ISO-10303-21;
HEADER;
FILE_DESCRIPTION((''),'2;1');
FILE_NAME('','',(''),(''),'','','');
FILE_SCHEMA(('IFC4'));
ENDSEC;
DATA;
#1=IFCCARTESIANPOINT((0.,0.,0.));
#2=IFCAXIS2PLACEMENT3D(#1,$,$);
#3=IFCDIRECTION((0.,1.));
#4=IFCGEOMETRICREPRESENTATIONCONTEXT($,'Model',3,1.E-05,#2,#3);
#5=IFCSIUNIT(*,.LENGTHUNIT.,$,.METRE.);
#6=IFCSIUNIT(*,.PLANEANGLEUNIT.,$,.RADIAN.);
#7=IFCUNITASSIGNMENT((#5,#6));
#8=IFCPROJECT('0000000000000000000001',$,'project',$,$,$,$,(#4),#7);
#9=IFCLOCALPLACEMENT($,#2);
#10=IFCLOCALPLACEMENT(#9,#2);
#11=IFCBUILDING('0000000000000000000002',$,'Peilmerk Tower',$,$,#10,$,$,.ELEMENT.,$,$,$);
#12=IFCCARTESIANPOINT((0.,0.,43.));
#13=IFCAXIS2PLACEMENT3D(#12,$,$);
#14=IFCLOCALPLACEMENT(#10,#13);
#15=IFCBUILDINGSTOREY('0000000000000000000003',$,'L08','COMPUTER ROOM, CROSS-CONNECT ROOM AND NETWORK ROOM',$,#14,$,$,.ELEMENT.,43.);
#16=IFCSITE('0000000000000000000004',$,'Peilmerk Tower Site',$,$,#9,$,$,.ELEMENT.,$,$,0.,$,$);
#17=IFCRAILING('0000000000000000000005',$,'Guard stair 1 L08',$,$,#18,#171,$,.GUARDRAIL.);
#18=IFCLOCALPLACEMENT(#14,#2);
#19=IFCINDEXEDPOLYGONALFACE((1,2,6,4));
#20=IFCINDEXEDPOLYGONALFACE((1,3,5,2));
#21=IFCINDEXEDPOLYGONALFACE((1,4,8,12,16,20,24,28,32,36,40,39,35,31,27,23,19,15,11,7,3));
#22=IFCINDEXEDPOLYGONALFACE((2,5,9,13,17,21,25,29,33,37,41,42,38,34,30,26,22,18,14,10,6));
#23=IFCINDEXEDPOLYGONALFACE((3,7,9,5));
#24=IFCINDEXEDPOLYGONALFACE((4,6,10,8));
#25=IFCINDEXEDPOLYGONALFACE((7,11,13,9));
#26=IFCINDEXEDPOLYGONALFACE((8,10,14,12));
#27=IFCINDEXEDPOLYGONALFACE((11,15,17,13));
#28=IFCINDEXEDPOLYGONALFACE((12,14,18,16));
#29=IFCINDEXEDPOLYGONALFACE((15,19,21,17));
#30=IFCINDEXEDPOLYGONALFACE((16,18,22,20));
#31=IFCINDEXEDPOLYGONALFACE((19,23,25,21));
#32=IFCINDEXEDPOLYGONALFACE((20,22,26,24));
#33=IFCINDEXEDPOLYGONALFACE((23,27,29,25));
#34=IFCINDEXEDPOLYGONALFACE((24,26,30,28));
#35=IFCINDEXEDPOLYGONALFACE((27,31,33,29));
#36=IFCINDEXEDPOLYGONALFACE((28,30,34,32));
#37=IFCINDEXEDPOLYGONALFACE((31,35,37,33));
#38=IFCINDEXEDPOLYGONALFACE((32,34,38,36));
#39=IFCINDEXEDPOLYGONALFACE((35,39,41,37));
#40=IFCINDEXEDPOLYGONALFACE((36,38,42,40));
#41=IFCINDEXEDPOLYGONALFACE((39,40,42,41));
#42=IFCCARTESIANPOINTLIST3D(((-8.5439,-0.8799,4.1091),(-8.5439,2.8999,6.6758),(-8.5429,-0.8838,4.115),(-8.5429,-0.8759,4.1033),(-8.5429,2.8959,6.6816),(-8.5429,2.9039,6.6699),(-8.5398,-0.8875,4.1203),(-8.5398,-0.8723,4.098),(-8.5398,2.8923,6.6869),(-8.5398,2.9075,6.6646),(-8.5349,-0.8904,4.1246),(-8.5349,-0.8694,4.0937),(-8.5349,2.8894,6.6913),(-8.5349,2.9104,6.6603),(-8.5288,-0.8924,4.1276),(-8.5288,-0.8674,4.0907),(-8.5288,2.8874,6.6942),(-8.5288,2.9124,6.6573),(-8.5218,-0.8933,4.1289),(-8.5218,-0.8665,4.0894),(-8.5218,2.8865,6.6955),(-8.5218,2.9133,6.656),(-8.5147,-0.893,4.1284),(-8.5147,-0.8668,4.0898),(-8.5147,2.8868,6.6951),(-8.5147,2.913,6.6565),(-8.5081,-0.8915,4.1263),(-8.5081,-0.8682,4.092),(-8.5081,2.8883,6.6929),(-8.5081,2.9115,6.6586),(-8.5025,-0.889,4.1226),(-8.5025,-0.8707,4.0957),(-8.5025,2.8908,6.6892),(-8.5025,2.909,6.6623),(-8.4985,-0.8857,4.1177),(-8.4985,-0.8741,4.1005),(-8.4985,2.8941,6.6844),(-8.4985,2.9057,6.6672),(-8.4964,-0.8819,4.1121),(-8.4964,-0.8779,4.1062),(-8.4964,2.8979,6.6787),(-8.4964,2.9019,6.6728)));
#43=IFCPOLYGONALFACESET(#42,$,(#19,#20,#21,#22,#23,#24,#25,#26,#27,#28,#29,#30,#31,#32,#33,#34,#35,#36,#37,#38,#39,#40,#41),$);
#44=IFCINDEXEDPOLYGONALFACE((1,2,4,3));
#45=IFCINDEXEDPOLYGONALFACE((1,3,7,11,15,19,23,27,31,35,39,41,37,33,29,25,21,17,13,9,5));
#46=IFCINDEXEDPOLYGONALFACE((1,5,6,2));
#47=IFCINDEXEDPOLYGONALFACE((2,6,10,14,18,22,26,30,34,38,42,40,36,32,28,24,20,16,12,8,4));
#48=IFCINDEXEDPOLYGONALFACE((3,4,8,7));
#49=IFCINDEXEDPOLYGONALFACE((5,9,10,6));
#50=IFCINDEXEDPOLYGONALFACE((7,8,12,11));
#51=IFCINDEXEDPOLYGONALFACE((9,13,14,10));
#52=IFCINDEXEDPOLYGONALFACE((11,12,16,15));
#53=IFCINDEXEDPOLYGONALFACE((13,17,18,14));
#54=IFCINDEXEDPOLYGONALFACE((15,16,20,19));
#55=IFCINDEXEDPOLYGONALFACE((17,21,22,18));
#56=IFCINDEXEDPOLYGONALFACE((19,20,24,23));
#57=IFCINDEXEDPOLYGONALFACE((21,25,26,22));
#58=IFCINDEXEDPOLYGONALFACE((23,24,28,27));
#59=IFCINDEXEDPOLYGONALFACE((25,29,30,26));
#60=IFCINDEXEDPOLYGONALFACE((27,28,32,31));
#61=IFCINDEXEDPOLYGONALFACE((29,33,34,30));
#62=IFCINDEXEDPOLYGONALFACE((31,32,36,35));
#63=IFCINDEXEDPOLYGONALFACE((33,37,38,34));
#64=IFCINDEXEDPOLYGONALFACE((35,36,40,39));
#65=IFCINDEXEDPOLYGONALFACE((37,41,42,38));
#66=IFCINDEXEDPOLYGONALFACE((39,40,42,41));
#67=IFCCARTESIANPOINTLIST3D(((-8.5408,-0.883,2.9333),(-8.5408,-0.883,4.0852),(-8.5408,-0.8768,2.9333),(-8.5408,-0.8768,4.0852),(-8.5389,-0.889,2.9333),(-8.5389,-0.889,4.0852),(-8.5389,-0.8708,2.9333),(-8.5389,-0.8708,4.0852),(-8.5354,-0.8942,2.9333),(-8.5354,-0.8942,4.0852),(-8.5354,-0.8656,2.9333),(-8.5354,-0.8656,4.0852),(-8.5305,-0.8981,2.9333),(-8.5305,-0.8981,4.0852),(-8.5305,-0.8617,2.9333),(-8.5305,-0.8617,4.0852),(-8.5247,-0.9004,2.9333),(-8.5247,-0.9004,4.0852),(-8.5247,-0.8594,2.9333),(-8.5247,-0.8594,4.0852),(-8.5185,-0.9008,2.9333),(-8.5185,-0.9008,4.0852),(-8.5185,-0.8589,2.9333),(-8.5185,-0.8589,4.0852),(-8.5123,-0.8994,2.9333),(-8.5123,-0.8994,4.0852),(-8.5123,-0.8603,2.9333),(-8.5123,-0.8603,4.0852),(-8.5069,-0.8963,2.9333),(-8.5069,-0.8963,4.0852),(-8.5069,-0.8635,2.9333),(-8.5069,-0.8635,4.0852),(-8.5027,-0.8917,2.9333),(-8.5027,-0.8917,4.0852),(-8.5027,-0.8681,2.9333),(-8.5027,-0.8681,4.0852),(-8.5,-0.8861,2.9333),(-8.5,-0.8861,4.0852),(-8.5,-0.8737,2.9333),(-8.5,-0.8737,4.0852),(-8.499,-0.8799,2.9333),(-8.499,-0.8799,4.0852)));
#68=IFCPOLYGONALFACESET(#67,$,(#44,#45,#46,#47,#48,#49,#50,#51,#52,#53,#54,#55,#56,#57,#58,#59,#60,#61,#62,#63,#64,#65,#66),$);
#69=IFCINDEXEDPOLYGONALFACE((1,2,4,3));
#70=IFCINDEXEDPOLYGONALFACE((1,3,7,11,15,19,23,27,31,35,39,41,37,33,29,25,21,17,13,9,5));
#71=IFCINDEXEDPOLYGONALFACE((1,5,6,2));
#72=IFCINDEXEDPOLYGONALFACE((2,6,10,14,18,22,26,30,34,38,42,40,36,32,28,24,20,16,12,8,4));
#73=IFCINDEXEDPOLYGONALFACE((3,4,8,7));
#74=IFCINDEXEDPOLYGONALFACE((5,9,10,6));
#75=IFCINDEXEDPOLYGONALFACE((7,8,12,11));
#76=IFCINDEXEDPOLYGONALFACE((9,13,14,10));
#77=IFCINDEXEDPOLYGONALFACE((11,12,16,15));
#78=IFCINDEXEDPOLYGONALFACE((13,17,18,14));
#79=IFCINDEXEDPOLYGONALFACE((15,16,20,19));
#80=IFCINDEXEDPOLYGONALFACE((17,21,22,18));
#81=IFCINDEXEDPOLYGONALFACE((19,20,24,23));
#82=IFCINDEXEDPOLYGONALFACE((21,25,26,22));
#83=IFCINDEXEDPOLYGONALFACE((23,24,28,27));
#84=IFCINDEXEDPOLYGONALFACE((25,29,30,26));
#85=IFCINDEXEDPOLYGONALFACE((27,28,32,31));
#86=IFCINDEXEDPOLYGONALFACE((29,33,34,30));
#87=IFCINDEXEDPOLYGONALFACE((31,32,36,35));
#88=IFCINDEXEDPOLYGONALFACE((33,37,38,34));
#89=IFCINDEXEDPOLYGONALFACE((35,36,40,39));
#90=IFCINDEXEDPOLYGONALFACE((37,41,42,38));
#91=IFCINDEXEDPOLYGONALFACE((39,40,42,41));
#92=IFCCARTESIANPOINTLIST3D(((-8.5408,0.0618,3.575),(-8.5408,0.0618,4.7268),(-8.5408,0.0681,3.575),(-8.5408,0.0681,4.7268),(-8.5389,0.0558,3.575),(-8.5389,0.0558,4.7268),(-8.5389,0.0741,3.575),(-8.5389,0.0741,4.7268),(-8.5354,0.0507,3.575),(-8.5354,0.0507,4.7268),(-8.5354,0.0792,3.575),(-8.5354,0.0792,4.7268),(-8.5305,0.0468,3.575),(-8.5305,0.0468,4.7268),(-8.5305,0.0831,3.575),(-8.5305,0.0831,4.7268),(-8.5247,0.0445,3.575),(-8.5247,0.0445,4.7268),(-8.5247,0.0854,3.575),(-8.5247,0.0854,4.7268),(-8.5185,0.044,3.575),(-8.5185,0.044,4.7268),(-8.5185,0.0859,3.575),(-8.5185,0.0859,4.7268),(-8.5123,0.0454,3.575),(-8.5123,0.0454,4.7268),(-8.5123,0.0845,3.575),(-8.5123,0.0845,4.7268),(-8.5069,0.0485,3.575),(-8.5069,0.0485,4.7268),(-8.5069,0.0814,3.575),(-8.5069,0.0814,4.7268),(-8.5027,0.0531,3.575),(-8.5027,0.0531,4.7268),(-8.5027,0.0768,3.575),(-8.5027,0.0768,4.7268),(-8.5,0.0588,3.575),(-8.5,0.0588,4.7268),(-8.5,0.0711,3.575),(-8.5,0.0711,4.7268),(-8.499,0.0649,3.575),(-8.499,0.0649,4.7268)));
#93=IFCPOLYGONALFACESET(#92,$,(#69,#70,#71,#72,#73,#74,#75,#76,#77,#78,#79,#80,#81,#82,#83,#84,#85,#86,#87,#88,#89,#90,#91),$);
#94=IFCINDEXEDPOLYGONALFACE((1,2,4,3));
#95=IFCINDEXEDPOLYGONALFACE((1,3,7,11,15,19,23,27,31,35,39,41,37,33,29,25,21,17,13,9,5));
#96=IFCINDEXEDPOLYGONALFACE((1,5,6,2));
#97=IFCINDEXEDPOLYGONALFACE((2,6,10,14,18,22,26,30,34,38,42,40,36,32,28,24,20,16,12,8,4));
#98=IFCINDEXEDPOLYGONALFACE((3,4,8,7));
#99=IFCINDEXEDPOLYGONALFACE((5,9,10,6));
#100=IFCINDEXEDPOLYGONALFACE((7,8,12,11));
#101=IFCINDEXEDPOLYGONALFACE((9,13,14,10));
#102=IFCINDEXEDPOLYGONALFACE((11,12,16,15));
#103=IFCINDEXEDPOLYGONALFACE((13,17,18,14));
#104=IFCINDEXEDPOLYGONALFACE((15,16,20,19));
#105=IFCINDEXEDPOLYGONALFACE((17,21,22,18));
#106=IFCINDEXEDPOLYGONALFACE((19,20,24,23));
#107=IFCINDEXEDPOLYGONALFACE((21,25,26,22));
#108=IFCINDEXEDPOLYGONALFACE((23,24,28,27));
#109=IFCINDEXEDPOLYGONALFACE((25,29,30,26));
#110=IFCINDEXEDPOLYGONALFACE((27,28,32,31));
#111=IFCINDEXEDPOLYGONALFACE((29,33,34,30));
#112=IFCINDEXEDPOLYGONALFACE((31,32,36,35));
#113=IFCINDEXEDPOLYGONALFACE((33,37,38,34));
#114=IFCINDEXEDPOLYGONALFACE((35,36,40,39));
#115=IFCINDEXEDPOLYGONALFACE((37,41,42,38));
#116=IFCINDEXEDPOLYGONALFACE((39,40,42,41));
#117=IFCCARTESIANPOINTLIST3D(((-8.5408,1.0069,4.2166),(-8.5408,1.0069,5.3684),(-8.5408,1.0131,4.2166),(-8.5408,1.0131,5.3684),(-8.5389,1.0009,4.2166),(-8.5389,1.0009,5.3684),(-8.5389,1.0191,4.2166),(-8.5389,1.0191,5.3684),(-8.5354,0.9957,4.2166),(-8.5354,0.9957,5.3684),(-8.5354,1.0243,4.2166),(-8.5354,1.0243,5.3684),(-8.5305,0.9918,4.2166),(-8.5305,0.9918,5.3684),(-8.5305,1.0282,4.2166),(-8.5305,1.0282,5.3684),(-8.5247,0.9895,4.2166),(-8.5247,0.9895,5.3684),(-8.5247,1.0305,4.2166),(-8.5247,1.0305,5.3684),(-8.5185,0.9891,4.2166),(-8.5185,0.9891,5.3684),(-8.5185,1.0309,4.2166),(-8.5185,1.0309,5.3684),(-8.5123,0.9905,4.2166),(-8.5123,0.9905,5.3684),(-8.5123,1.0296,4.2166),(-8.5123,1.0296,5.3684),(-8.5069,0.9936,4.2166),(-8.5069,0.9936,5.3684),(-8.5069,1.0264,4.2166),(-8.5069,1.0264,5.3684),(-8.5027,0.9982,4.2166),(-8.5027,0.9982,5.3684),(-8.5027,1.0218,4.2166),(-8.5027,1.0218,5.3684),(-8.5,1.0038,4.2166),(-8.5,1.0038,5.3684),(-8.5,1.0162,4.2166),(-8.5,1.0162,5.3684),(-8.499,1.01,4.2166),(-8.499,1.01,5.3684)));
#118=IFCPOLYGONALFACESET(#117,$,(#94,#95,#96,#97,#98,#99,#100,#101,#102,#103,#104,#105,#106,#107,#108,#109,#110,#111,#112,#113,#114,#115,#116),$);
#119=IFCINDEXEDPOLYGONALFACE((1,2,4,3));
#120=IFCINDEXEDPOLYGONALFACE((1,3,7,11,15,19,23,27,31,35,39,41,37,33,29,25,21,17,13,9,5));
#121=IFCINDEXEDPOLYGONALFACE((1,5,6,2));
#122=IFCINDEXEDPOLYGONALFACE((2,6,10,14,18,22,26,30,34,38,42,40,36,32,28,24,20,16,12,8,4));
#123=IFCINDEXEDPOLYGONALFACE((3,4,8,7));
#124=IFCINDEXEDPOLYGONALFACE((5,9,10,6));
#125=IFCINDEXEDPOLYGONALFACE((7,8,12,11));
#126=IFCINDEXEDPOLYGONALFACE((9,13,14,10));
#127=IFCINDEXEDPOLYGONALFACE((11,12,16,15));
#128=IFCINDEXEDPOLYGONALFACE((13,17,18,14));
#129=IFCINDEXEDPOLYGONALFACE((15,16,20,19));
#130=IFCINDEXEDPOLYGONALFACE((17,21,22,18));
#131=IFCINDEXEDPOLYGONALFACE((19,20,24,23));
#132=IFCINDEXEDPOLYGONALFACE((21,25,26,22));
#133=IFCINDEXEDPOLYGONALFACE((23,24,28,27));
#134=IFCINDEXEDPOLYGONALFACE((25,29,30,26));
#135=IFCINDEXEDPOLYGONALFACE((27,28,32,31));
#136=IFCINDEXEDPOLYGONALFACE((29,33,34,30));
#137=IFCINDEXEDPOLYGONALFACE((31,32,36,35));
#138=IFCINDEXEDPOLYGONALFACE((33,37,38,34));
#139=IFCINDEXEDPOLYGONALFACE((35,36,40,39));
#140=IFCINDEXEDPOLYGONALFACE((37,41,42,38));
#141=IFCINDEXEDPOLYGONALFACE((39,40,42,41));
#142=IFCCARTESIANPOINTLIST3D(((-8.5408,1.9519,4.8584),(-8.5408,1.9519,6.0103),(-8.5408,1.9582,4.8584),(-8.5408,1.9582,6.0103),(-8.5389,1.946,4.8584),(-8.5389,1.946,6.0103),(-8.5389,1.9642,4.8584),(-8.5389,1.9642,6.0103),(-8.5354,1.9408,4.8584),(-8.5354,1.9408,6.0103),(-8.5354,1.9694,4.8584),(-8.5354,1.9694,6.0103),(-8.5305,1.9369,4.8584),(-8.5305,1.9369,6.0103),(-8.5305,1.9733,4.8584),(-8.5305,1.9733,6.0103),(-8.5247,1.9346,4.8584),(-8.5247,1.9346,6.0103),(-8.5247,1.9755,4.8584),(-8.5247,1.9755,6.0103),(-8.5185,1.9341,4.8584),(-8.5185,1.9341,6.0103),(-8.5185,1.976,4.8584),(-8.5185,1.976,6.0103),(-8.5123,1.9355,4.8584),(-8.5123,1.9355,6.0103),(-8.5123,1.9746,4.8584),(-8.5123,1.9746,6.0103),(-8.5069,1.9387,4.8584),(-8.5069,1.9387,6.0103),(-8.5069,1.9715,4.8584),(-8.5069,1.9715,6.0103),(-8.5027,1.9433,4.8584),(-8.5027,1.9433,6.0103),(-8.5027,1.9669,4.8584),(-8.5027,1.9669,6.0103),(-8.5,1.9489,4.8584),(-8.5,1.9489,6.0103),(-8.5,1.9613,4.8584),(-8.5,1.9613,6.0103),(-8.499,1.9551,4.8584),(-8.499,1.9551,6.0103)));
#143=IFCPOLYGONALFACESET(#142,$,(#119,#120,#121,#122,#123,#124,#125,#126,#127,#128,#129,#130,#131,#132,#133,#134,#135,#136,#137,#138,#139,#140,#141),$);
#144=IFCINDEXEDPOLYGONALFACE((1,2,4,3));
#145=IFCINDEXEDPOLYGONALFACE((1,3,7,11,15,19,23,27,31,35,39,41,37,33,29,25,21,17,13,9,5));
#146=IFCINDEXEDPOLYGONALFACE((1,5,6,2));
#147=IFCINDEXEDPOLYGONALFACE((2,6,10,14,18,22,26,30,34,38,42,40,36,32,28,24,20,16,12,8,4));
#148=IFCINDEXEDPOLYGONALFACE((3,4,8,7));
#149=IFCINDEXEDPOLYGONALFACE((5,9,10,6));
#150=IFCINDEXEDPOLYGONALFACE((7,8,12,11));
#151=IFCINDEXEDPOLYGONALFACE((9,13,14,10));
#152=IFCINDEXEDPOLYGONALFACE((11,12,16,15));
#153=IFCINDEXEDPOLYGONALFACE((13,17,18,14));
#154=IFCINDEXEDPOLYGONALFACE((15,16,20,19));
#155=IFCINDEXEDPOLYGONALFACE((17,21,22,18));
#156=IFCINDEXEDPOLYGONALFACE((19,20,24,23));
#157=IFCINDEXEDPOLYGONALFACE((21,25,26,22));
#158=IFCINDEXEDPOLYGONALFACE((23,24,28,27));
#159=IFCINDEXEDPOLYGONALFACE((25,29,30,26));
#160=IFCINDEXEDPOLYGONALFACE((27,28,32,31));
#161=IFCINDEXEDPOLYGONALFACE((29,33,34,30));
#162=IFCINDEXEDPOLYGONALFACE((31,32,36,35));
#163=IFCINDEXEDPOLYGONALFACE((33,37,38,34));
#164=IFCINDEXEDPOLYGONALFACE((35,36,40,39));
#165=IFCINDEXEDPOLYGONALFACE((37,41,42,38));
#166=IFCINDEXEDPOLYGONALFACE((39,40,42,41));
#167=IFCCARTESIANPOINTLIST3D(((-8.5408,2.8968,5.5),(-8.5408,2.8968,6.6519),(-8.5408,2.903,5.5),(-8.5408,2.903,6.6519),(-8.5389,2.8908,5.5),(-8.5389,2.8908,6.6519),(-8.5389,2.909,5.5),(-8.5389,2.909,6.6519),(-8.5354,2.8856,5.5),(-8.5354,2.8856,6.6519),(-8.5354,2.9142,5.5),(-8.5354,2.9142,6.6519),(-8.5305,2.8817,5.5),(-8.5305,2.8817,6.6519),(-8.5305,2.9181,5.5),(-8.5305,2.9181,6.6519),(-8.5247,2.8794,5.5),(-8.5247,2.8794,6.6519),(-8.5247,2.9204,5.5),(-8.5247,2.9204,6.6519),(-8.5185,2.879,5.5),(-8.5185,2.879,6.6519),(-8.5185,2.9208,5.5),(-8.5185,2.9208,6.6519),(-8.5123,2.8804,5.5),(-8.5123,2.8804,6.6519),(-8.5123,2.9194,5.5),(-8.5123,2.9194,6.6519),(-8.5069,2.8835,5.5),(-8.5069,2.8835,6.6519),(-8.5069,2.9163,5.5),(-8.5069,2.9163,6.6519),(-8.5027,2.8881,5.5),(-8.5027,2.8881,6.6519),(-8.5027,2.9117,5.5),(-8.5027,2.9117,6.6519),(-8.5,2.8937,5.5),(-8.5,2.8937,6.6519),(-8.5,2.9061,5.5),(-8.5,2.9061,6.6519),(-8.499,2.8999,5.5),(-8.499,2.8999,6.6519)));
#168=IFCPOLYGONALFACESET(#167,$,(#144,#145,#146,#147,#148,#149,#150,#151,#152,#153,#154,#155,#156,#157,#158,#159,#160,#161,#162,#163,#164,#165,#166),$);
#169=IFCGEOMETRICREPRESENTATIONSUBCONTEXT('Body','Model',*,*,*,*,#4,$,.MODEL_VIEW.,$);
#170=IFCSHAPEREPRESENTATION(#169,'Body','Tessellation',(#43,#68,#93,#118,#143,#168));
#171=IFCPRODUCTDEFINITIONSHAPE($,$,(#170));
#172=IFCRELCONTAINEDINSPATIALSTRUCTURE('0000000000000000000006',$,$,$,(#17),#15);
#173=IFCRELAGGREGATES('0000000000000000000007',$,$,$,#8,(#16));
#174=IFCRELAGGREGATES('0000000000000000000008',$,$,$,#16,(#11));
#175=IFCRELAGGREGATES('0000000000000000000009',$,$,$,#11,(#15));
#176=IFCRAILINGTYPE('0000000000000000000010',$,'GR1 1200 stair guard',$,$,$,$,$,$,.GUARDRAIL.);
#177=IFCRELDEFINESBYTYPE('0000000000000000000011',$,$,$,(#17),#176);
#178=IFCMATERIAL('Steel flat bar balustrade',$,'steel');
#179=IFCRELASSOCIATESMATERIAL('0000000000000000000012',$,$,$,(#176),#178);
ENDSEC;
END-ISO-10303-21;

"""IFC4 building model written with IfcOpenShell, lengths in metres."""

from ifc_helpers import new_model, si_unit, direction, frame, origin, origin_2d, place, context, subcontext, project, spatial, circle, extrude, material, type_object, element, save


model = new_model("IFC4")

# Units and contexts
model_context = context("Model", 3, precision=1e-05, world=origin(), true_north=direction((0.0, 1.0)))
body_context = subcontext(model_context, "Body", "Model", "MODEL_VIEW")
ifc_project = project(units=[si_unit("LENGTHUNIT", "METRE"), si_unit("PLANEANGLEUNIT", "RADIAN")], contexts=[model_context])

# Site, building, storey
site_placement = place(None, origin())
site = spatial("IfcSite", under=ifc_project, at=site_placement, Name="Peilmerk Tower Site", CompositionType="ELEMENT", RefElevation=0.0)
building_placement = place(site_placement, origin())
building = spatial("IfcBuilding", under=site, at=building_placement, Name="Peilmerk Tower", CompositionType="ELEMENT")
storey_placement = place(building_placement, frame((0.0, 0.0, 43.0)))
storey = spatial("IfcBuildingStorey", under=building, at=storey_placement, Name="L08", Description="COMPUTER ROOM, CROSS-CONNECT ROOM AND NETWORK ROOM", CompositionType="ELEMENT", Elevation=43.0)

# Railing
ifc_material_1 = material(Name="Steel flat bar balustrade", Category="steel")
railing_type_1 = type_object("IfcRailingType", Name="GR1 1200 stair guard", PredefinedType="GUARDRAIL", material=ifc_material_1)
railing_1_placement = place(storey_placement, frame((-8.52, -0.8799, 2.9333)))
element("IfcRailing", 1, at=railing_1_placement, inside=storey, type_object=railing_type_1, Name="Guard stair 1 L08", PredefinedType="GUARDRAIL", context=body_context, shape_type="SweptSolid", body=[
    extrude(circle(Radius=0.0239, at=origin_2d()), frame((0.0, 0.0, 1.1758), z_axis=(0.0, 0.827293, 0.561771), x_axis=(-1.0, 0.0, 0.0)), (0.0, 0.0, 1.0), 4.5688),
    extrude(circle(Radius=0.021, at=origin_2d()), origin(), (0.0, 0.0, 1.0), 1.1519),
    extrude(circle(Radius=0.021, at=origin_2d()), frame((0.0, 0.9448, 0.6416)), (0.0, 0.0, 1.0), 1.1519),
    extrude(circle(Radius=0.021, at=origin_2d()), frame((0.0, 1.8899, 1.2832)), (0.0, 0.0, 1.0), 1.1519),
    extrude(circle(Radius=0.021, at=origin_2d()), frame((0.0, 2.835, 1.925)), (0.0, 0.0, 1.0), 1.1519),
    extrude(circle(Radius=0.021, at=origin_2d()), frame((0.0, 3.7798, 2.5667)), (0.0, 0.0, 1.0), 1.1519),
])

save(model, "model.ifc")
